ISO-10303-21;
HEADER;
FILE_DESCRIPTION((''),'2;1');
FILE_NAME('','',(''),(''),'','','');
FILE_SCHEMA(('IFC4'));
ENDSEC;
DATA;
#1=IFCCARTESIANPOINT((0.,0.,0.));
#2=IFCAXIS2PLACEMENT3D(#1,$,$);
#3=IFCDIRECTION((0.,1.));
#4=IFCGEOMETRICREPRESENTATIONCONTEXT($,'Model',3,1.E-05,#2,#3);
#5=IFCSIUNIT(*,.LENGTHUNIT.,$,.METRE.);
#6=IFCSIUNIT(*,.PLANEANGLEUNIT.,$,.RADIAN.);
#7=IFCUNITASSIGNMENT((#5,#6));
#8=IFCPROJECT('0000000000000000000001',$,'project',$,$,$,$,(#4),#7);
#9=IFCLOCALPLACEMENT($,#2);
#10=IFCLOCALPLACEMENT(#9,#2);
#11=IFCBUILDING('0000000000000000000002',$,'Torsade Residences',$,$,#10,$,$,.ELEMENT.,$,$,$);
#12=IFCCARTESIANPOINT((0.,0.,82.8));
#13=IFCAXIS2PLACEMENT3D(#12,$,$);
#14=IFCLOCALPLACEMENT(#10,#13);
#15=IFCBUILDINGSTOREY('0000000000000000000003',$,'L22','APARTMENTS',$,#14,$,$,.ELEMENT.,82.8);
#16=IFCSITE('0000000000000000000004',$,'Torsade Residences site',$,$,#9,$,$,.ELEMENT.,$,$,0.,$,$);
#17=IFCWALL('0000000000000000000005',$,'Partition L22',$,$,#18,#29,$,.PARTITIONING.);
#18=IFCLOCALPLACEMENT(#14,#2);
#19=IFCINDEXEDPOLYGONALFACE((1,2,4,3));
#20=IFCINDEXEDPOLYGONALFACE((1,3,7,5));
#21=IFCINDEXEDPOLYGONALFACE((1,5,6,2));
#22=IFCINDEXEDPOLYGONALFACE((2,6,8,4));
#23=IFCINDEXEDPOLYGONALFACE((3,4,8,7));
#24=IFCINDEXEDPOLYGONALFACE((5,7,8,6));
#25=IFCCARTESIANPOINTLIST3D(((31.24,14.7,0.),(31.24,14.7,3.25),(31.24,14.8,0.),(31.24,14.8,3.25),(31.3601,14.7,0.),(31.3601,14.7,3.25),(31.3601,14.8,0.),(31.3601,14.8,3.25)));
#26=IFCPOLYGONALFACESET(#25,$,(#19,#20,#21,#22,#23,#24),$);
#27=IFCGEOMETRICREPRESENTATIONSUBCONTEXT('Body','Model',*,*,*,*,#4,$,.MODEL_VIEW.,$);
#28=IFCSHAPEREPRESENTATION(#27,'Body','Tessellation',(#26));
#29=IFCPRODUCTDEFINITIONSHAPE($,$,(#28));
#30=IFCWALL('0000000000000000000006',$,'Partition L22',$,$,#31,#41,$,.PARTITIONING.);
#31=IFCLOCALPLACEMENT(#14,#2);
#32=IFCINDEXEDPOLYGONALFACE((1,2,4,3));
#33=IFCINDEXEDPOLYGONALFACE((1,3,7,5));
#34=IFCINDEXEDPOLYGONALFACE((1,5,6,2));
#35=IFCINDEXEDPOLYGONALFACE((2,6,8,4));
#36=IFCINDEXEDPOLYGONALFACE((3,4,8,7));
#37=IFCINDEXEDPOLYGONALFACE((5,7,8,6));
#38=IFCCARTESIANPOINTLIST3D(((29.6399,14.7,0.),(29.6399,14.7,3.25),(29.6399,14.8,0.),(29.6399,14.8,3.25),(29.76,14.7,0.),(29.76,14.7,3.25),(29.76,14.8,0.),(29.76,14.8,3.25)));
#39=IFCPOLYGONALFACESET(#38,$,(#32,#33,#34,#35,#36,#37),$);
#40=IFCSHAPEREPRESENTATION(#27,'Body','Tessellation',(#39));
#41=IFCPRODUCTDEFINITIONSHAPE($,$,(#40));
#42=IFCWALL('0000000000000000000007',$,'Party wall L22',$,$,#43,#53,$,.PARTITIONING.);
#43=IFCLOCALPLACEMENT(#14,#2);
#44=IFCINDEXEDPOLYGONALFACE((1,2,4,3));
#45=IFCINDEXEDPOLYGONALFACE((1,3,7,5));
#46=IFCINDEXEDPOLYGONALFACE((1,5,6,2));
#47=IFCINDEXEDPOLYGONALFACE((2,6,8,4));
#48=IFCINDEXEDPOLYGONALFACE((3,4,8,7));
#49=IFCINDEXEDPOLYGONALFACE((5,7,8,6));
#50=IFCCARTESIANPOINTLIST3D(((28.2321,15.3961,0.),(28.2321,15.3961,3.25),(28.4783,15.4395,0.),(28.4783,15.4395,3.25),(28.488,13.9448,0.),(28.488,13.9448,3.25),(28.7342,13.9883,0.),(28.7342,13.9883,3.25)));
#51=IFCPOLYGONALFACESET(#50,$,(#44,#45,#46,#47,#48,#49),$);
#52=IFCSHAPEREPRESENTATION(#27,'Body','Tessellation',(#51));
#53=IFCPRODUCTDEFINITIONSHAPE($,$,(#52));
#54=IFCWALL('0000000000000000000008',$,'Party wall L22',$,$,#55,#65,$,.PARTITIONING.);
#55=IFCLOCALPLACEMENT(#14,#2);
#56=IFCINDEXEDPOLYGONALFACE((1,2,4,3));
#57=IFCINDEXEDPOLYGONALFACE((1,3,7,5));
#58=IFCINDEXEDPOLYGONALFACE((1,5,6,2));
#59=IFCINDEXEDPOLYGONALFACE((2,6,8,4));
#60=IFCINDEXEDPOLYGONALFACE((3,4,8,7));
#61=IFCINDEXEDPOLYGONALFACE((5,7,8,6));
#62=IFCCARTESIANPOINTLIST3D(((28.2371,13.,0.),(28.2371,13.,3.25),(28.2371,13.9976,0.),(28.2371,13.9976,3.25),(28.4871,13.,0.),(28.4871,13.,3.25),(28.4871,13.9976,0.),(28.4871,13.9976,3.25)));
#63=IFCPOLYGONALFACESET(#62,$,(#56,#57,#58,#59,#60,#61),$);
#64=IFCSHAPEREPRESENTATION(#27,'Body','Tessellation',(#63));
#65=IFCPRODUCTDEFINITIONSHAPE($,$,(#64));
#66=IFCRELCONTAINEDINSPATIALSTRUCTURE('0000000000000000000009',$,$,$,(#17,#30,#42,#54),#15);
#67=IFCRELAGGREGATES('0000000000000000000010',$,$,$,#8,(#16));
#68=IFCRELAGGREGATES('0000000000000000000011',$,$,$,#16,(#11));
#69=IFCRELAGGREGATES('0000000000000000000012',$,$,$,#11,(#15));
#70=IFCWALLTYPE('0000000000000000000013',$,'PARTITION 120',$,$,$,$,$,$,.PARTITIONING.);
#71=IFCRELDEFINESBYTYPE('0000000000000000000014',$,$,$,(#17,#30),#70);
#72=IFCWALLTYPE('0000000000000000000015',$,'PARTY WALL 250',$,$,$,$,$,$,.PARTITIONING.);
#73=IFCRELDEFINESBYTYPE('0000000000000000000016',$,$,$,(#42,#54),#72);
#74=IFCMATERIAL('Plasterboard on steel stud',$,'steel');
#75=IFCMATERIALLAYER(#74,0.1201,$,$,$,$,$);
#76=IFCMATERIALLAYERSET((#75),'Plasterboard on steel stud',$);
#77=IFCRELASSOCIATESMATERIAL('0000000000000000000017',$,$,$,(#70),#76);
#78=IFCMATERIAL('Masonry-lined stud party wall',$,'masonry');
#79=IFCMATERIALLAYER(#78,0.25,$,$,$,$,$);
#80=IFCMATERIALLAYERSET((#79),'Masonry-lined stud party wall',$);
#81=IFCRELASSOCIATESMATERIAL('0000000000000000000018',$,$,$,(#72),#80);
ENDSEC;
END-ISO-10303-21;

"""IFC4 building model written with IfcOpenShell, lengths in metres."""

from ifc_helpers import new_model, si_unit, direction, frame, frame_2d, origin, place, context, subcontext, project, spatial, rectangle, extrude, material, layer, layer_set, type_object, element, save


model = new_model("IFC4")

# Units and contexts
model_context = context("Model", 3, precision=1e-05, world=origin(), true_north=direction((0.0, 1.0)))
body_context = subcontext(model_context, "Body", "Model", "MODEL_VIEW")
ifc_project = project(units=[si_unit("LENGTHUNIT", "METRE"), si_unit("PLANEANGLEUNIT", "RADIAN")], contexts=[model_context])

# Site, building, storey
site_placement = place(None, origin())
site = spatial("IfcSite", under=ifc_project, at=site_placement, Name="Torsade Residences site", CompositionType="ELEMENT", RefElevation=0.0)
building_placement = place(site_placement, origin())
building = spatial("IfcBuilding", under=site, at=building_placement, Name="Torsade Residences", CompositionType="ELEMENT")
storey_placement = place(building_placement, frame((0.0, 0.0, 82.8)))
storey = spatial("IfcBuildingStorey", under=building, at=storey_placement, Name="L22", Description="APARTMENTS", CompositionType="ELEMENT", Elevation=82.8)

# Shared definitions
ifc_material_1 = material(Name="Plasterboard on steel stud", Category="steel")
ifc_layer_1 = layer(ifc_material_1, 0.1201)
ifc_layer_set_1 = layer_set([ifc_layer_1], Name="Plasterboard on steel stud")
wall_type_1 = type_object("IfcWallType", Name="PARTITION 120", PredefinedType="PARTITIONING", material=ifc_layer_set_1)

# Walls
for number, where, z_axis, x_axis, name in (
    (1, (31.3, 14.8, 0.0), (0.0, 0.0, 1.0), (0.0, -1.0, 0.0), "Partition L22"),
    (2, (29.7, 14.8, 0.0), (0.0, 0.0, 1.0), (0.0, -1.0, 0.0), "Partition L22"),
):
    element("IfcWall", number, at=place(storey_placement, frame(where, z_axis=z_axis, x_axis=x_axis)), inside=storey, type_object=wall_type_1, Name=name, PredefinedType="PARTITIONING", context=body_context, shape_type="SweptSolid", body=[
        extrude(rectangle(XDim=0.1001, YDim=0.1201, at=frame_2d((0.05, 0.0))), origin(), (0.0, 0.0, 1.0), 3.25),
    ])
ifc_material_2 = material(Name="Masonry-lined stud party wall", Category="masonry")
ifc_layer_2 = layer(ifc_material_2, 0.25)
ifc_layer_set_2 = layer_set([ifc_layer_2], Name="Masonry-lined stud party wall")
wall_type_2 = type_object("IfcWallType", Name="PARTY WALL 250", PredefinedType="PARTITIONING", material=ifc_layer_set_2)
wall_1_placement = place(storey_placement, frame((28.6111, 13.9666, 0.0), z_axis=(0.0, 0.0, 1.0), x_axis=(-0.173634, 0.98481, 0.0)))
element("IfcWall", 3, at=wall_1_placement, inside=storey, type_object=wall_type_2, Name="Party wall L22", PredefinedType="PARTITIONING", context=body_context, shape_type="SweptSolid", body=[
    extrude(rectangle(XDim=1.4736, YDim=0.25, at=frame_2d((0.7368, 0.0))), origin(), (0.0, 0.0, 1.0), 3.25),
])
wall_2_placement = place(storey_placement, frame((28.3621, 13.9976, 0.0), z_axis=(0.0, 0.0, 1.0), x_axis=(0.0, -1.0, 0.0)))
element("IfcWall", 4, at=wall_2_placement, inside=storey, type_object=wall_type_2, Name="Party wall L22", PredefinedType="PARTITIONING", context=body_context, shape_type="SweptSolid", body=[
    extrude(rectangle(XDim=0.9976, YDim=0.25, at=frame_2d((0.4988, 0.0))), origin(), (0.0, 0.0, 1.0), 3.25),
])

save(model, "model.ifc")
